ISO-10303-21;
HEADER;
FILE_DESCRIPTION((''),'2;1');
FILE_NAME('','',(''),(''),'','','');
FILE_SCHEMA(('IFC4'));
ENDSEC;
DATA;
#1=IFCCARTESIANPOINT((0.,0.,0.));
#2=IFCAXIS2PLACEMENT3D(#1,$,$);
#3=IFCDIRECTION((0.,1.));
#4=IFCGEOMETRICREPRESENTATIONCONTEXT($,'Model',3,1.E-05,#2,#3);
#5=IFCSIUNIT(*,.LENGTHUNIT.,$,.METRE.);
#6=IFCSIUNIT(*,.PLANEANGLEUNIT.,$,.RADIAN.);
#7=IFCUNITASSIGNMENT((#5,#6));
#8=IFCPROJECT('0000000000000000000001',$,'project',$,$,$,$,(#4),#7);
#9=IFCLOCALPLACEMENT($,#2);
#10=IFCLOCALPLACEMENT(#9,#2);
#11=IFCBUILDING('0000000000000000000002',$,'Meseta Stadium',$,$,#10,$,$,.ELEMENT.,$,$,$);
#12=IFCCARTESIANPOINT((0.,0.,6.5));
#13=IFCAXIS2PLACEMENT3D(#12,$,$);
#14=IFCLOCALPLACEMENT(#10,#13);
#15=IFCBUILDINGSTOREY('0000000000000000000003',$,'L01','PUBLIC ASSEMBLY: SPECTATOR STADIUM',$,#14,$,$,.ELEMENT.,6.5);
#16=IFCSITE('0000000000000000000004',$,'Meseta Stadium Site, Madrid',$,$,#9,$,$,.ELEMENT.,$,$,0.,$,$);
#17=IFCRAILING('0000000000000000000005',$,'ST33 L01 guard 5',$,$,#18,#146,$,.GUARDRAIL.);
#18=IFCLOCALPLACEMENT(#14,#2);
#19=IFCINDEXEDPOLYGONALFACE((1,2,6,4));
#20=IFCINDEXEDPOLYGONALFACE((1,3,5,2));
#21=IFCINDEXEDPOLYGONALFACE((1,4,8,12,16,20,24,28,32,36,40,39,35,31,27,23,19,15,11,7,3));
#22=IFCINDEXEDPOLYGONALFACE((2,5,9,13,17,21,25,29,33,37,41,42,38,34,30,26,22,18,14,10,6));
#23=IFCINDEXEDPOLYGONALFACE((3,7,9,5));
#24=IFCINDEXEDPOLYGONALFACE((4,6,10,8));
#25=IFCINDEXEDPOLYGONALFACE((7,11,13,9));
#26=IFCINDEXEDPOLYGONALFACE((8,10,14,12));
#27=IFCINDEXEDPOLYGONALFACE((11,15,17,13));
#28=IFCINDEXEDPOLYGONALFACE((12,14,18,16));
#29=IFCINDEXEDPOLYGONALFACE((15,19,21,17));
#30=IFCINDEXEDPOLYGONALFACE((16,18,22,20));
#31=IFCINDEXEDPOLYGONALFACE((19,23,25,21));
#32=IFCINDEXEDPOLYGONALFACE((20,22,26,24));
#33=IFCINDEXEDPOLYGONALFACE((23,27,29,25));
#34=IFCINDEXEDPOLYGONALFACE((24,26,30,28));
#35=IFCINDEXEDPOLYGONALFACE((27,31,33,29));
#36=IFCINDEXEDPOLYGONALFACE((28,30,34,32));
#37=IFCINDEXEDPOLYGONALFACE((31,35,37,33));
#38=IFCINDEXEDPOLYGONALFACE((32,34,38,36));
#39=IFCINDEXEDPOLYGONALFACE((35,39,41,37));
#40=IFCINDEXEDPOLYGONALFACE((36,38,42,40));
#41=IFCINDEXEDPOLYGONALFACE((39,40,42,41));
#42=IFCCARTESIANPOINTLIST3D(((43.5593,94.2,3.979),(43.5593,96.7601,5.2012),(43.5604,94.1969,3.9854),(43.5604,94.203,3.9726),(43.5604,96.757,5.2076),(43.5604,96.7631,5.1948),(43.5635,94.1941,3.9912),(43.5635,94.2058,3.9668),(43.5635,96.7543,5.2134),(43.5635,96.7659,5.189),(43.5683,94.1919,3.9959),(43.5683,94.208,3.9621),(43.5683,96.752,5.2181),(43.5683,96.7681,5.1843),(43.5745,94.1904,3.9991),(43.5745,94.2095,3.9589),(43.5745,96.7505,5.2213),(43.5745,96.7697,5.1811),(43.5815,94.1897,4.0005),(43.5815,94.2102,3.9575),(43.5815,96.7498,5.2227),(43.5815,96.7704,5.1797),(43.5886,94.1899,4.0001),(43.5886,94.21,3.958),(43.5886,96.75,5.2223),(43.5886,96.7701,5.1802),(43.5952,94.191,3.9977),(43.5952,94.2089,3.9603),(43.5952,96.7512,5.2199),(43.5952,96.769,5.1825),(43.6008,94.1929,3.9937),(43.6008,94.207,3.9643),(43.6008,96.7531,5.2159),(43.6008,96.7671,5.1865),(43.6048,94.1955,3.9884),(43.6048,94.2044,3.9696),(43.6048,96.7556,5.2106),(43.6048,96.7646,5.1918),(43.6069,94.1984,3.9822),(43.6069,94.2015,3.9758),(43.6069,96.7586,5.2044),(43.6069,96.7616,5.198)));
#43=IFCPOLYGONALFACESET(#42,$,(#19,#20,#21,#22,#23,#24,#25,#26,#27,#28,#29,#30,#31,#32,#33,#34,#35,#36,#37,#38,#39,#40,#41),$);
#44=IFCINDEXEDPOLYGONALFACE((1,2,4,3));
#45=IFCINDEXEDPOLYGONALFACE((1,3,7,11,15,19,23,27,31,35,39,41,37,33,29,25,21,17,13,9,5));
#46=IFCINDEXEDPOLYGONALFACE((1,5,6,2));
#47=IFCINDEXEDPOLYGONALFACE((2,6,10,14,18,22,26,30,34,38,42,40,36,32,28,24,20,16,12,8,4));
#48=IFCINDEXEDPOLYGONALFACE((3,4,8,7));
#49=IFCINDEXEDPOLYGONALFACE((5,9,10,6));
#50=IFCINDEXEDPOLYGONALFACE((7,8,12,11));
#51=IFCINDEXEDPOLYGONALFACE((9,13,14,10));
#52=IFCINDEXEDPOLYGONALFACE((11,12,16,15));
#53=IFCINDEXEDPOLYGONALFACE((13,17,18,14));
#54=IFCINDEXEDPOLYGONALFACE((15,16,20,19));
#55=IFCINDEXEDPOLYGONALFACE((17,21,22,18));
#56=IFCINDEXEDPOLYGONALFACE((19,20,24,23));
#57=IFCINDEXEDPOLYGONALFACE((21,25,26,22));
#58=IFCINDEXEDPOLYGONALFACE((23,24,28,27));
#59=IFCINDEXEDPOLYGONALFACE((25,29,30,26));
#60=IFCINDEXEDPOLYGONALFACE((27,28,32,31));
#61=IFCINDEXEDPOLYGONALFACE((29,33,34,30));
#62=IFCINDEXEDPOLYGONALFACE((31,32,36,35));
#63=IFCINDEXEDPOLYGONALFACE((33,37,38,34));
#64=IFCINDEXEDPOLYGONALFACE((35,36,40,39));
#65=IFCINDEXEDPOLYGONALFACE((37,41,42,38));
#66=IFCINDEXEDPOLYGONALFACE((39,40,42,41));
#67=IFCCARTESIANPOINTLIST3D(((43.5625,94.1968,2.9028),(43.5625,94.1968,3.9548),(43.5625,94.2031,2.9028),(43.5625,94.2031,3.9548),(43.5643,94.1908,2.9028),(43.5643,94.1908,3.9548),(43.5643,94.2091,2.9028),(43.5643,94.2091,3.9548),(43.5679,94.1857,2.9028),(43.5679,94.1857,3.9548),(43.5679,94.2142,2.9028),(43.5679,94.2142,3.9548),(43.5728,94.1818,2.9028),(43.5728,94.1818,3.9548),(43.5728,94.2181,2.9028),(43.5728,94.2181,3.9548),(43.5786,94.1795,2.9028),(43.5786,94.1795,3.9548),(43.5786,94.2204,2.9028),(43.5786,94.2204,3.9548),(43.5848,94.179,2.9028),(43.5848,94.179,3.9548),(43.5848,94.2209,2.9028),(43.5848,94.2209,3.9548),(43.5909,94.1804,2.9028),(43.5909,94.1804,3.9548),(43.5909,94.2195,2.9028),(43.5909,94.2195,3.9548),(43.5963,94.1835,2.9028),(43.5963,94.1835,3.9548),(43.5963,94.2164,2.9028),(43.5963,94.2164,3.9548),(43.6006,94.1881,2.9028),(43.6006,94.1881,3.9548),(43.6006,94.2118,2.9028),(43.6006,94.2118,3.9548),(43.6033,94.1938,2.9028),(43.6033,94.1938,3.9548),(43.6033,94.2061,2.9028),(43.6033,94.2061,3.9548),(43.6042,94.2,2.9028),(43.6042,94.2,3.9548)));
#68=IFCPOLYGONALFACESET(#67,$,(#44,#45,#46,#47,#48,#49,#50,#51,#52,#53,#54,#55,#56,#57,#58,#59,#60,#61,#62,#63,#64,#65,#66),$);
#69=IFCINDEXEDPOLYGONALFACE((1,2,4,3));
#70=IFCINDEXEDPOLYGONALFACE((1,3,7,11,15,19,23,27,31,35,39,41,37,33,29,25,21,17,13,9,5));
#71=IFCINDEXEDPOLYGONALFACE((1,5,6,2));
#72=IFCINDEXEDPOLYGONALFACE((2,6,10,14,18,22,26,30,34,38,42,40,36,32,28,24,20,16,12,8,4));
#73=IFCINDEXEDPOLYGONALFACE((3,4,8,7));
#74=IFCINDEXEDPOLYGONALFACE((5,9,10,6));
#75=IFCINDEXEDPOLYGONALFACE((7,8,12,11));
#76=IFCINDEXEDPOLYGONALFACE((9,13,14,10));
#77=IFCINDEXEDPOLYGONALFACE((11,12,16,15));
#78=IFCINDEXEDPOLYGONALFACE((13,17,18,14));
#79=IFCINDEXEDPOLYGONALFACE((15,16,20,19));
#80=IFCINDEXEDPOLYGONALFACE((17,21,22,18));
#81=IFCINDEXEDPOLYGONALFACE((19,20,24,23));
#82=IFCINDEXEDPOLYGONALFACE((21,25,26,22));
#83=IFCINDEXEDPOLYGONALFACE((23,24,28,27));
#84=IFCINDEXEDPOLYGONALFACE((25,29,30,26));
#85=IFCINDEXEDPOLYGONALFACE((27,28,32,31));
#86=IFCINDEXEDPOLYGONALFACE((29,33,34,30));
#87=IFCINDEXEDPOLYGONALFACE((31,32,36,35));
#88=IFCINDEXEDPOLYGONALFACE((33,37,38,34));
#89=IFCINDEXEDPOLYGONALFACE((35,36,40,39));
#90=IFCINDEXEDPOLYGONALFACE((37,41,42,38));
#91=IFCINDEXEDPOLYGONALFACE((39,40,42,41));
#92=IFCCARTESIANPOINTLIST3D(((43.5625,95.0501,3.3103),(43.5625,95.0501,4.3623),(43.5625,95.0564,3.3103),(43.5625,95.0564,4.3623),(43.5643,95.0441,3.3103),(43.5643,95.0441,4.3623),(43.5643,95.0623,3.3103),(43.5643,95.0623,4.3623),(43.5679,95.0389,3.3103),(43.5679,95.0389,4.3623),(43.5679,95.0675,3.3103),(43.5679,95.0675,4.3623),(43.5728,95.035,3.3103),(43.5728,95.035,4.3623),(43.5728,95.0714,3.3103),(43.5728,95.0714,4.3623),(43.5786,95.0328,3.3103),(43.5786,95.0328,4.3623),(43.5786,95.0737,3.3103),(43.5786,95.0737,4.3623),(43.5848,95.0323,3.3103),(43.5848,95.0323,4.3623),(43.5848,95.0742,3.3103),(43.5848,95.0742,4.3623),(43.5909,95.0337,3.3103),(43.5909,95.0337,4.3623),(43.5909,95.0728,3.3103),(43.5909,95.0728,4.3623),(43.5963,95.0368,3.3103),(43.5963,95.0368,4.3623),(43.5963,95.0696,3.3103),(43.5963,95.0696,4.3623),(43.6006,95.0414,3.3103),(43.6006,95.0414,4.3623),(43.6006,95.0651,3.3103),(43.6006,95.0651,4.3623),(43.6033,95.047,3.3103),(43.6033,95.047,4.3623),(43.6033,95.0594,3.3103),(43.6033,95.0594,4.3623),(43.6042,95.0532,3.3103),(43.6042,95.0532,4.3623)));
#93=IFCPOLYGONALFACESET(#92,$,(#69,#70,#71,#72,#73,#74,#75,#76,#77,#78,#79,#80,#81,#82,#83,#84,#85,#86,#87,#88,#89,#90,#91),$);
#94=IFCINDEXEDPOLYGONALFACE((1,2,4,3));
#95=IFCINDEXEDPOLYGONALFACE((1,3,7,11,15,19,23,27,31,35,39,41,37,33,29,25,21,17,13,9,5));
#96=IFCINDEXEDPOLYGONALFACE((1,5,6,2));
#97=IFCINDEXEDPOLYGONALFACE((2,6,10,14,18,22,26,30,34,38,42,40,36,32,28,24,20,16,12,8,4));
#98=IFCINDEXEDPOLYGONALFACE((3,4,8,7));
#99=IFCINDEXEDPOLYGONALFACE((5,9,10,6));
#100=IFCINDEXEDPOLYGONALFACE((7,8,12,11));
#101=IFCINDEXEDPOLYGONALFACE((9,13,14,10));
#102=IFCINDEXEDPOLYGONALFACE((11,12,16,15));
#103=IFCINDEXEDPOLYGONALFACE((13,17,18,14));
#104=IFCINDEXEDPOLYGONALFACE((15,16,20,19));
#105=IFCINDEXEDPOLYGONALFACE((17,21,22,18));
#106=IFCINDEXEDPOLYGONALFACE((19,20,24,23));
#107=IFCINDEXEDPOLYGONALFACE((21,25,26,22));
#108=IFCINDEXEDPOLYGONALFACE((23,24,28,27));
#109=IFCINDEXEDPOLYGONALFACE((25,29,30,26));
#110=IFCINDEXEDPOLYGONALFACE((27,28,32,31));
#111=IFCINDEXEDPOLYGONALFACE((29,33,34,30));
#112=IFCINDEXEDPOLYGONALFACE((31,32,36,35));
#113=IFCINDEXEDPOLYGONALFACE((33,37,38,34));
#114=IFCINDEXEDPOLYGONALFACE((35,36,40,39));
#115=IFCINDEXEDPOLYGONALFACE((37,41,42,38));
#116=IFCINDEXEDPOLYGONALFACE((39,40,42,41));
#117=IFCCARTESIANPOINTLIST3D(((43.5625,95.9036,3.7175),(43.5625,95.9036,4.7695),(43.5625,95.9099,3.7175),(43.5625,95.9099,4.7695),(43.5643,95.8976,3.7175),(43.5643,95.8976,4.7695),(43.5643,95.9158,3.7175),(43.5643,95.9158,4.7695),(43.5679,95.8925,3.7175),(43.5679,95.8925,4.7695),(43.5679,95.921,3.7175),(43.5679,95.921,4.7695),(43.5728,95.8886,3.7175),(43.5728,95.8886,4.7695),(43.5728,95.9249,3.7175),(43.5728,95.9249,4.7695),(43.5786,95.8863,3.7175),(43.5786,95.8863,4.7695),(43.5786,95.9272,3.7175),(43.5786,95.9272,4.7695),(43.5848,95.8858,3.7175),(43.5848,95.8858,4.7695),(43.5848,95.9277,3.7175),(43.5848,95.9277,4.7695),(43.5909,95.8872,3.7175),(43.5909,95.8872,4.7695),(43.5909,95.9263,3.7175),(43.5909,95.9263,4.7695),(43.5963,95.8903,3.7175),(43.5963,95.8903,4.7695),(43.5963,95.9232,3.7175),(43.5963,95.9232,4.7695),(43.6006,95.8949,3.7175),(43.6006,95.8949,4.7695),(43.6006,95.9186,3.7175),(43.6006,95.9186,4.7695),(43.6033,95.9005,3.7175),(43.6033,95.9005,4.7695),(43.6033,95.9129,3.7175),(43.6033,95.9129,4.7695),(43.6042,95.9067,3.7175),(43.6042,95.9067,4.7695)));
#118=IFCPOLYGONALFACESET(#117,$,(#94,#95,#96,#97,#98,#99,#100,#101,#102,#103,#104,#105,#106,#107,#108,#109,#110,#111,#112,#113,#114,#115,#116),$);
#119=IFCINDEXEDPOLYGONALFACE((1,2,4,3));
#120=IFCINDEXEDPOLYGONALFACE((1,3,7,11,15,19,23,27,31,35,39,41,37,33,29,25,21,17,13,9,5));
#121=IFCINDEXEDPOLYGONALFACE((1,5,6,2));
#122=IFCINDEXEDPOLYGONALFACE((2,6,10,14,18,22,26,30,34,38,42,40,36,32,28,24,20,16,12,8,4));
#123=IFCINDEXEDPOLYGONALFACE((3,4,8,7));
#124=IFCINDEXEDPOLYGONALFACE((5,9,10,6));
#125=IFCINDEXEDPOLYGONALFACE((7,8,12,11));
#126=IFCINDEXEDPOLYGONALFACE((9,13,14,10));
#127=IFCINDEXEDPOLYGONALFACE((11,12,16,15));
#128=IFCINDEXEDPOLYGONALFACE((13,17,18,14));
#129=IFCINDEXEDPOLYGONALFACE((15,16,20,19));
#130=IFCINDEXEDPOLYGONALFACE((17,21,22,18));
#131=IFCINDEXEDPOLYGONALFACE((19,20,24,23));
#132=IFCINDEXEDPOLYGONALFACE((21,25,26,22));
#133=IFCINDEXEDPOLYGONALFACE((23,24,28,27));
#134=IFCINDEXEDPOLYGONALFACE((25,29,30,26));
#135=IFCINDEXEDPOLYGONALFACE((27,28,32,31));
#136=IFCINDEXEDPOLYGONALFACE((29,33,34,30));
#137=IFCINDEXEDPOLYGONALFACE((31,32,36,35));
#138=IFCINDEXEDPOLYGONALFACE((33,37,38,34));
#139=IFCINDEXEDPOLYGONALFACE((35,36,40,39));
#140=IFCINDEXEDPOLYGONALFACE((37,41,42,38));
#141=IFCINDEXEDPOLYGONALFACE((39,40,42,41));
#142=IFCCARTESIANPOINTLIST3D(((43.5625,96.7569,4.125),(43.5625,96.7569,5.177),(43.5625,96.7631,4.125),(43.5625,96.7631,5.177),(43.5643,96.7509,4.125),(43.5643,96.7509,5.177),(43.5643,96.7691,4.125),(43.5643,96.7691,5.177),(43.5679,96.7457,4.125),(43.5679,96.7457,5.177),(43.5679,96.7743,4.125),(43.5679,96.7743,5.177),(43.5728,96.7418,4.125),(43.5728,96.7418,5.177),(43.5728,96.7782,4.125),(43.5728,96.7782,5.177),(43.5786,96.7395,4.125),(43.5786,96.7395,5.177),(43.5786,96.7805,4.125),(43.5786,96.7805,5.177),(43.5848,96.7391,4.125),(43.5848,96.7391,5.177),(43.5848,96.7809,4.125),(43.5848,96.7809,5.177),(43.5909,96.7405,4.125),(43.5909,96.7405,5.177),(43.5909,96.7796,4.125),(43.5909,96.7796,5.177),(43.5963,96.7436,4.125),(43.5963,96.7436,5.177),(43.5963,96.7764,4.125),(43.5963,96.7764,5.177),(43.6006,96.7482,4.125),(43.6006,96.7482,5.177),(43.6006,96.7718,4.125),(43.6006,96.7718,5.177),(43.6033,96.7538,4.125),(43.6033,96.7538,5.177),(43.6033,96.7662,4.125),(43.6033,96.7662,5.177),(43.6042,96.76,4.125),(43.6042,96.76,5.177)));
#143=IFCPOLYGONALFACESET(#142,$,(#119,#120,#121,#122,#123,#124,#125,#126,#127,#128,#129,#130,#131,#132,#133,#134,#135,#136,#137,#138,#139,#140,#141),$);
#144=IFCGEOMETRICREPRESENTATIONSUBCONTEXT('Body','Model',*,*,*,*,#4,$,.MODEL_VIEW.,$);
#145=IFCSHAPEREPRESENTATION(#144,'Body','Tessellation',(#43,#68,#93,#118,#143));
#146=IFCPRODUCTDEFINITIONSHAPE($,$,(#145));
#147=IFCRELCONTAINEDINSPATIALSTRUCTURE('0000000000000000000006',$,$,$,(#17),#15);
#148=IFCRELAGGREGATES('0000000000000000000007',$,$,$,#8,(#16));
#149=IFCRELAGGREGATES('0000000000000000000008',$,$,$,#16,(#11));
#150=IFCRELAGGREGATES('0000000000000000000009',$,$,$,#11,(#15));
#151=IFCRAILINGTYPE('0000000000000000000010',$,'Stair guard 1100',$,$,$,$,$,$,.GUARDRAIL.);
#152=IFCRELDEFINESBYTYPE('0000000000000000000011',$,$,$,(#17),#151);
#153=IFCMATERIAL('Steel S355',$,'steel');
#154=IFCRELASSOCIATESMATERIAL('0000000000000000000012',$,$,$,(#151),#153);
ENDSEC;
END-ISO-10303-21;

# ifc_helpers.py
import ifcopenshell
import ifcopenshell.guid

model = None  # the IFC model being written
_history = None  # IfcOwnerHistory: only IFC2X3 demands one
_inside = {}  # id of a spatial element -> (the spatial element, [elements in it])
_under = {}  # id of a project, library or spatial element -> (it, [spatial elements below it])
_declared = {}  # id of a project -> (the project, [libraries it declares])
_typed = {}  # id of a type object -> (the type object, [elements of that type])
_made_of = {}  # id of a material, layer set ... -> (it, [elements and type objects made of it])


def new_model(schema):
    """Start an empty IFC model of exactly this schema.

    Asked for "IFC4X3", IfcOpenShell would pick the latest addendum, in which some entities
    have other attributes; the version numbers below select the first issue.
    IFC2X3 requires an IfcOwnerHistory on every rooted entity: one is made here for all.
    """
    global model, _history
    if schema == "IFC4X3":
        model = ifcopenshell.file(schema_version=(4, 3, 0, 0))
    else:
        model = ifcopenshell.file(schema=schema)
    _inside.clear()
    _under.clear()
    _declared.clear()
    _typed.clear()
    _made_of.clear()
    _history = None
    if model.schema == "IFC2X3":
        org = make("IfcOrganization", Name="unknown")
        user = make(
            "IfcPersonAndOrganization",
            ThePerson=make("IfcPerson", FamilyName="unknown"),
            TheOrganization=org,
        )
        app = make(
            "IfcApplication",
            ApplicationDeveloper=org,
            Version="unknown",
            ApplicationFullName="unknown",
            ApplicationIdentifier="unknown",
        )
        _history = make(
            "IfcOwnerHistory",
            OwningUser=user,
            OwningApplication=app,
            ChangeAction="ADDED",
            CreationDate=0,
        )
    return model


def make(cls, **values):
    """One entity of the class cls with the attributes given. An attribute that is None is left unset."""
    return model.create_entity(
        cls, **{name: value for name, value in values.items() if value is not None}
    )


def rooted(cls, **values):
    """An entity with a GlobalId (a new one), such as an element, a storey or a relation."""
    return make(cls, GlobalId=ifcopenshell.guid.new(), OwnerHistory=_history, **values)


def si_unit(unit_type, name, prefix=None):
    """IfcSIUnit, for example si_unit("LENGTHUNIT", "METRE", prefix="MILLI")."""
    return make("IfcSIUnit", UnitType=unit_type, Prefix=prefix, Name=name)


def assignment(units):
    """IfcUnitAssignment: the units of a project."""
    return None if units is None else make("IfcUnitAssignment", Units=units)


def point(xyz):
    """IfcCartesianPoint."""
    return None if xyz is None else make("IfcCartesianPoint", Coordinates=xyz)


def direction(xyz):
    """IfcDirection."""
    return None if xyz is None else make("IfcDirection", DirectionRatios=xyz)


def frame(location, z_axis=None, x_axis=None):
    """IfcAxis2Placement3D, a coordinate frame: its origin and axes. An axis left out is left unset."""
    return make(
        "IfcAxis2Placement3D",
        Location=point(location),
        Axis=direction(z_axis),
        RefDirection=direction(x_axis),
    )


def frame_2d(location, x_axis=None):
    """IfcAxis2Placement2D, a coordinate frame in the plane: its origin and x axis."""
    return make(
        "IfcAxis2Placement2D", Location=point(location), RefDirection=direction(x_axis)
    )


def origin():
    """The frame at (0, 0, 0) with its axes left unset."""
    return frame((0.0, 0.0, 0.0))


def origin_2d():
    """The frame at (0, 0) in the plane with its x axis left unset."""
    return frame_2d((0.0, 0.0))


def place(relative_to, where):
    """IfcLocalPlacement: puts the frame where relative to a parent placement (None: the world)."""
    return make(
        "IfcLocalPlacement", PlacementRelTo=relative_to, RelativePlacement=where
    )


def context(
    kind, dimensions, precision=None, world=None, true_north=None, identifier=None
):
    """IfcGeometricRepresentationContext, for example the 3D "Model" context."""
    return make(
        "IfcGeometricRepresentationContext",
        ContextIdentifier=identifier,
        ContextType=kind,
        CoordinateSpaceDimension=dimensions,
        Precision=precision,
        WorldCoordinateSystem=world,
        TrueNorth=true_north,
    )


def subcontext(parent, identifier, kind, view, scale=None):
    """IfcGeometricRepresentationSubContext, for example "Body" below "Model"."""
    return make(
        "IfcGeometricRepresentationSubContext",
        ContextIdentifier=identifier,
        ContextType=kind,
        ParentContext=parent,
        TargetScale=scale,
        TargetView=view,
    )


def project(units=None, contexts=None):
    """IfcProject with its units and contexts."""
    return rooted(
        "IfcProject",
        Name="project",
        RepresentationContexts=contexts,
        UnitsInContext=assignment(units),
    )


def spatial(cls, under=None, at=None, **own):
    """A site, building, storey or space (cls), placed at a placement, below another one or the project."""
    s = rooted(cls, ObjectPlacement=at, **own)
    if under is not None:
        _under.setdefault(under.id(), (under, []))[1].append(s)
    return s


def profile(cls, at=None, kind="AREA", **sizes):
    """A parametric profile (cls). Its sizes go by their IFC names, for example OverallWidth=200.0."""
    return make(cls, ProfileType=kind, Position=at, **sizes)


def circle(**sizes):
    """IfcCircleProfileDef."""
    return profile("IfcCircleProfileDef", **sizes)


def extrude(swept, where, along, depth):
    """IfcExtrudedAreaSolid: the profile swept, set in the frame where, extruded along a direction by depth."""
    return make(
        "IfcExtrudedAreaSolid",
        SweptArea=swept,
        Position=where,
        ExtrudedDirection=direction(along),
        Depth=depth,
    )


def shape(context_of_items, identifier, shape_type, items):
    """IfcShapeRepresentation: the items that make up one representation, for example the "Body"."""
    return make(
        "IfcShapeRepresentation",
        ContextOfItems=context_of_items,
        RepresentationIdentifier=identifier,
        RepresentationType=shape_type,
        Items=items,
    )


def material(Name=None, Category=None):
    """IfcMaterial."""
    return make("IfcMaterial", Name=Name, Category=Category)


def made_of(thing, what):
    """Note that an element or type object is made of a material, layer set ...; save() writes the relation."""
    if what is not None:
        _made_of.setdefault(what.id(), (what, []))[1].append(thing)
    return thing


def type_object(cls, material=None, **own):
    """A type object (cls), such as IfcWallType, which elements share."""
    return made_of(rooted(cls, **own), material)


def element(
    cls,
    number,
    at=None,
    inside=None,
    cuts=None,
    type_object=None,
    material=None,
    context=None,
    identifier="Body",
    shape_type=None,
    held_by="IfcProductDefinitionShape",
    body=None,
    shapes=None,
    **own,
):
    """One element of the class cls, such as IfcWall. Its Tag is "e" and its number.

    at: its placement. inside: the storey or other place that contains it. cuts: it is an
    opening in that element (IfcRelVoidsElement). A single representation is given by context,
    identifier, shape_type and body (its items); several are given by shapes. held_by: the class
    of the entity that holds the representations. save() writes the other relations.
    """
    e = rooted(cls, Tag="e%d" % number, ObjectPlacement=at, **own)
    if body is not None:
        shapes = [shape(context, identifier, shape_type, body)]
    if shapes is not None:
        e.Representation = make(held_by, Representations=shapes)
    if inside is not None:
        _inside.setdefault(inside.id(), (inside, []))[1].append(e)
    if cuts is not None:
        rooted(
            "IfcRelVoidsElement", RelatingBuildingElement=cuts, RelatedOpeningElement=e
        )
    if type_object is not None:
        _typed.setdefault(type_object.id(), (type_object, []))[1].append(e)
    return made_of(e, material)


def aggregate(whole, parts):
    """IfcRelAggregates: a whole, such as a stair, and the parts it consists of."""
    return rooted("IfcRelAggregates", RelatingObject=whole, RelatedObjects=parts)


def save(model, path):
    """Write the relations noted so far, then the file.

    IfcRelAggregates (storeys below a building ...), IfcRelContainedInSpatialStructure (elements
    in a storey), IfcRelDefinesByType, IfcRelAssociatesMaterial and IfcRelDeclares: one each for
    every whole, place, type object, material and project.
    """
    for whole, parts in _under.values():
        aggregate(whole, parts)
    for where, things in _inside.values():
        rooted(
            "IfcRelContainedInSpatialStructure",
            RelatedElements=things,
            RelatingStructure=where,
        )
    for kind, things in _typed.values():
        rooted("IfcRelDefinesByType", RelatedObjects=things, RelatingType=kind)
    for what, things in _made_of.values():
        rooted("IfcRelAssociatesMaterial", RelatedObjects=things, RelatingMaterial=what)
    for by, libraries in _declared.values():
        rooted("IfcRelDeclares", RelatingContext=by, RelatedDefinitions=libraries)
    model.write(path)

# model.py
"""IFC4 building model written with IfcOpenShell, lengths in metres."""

from ifc_helpers import new_model, si_unit, direction, frame, origin, origin_2d, place, context, subcontext, project, spatial, circle, extrude, material, type_object, element, save


model = new_model("IFC4")

# Units and contexts
model_context = context("Model", 3, precision=1e-05, world=origin(), true_north=direction((0.0, 1.0)))
body_context = subcontext(model_context, "Body", "Model", "MODEL_VIEW")
ifc_project = project(units=[si_unit("LENGTHUNIT", "METRE"), si_unit("PLANEANGLEUNIT", "RADIAN")], contexts=[model_context])

# Site, building, storey
site_placement = place(None, origin())
site = spatial("IfcSite", under=ifc_project, at=site_placement, Name="Meseta Stadium Site, Madrid", CompositionType="ELEMENT", RefElevation=0.0)
building_placement = place(site_placement, origin())
building = spatial("IfcBuilding", under=site, at=building_placement, Name="Meseta Stadium", CompositionType="ELEMENT")
storey_placement = place(building_placement, frame((0.0, 0.0, 6.5)))
storey = spatial("IfcBuildingStorey", under=building, at=storey_placement, Name="L01", Description="PUBLIC ASSEMBLY: SPECTATOR STADIUM", CompositionType="ELEMENT", Elevation=6.5)

# Railing
ifc_material_1 = material(Name="Steel S355", Category="steel")
railing_type_1 = type_object("IfcRailingType", Name="Stair guard 1100", PredefinedType="GUARDRAIL", material=ifc_material_1)
railing_1_placement = place(storey_placement, frame((43.5833, 94.2, 2.9028)))
element("IfcRailing", 1, at=railing_1_placement, inside=storey, type_object=railing_type_1, Name="ST33 L01 guard 5", PredefinedType="GUARDRAIL", context=body_context, shape_type="SweptSolid", body=[
    extrude(circle(Radius=0.0239, at=origin_2d()), frame((0.0, 0.0, 1.0762), z_axis=(0.0, 0.902437, 0.430822), x_axis=(-1.0, 0.0, 0.0)), (0.0, 0.0, 1.0), 2.8369),
    extrude(circle(Radius=0.021, at=origin_2d()), origin(), (0.0, 0.0, 1.0), 1.052),
    extrude(circle(Radius=0.021, at=origin_2d()), frame((0.0, 0.8533, 0.4075)), (0.0, 0.0, 1.0), 1.052),
    extrude(circle(Radius=0.021, at=origin_2d()), frame((0.0, 1.7068, 0.8147)), (0.0, 0.0, 1.0), 1.052),
    extrude(circle(Radius=0.021, at=origin_2d()), frame((0.0, 2.5601, 1.2222)), (0.0, 0.0, 1.0), 1.052),
])

save(model, "model.ifc")
